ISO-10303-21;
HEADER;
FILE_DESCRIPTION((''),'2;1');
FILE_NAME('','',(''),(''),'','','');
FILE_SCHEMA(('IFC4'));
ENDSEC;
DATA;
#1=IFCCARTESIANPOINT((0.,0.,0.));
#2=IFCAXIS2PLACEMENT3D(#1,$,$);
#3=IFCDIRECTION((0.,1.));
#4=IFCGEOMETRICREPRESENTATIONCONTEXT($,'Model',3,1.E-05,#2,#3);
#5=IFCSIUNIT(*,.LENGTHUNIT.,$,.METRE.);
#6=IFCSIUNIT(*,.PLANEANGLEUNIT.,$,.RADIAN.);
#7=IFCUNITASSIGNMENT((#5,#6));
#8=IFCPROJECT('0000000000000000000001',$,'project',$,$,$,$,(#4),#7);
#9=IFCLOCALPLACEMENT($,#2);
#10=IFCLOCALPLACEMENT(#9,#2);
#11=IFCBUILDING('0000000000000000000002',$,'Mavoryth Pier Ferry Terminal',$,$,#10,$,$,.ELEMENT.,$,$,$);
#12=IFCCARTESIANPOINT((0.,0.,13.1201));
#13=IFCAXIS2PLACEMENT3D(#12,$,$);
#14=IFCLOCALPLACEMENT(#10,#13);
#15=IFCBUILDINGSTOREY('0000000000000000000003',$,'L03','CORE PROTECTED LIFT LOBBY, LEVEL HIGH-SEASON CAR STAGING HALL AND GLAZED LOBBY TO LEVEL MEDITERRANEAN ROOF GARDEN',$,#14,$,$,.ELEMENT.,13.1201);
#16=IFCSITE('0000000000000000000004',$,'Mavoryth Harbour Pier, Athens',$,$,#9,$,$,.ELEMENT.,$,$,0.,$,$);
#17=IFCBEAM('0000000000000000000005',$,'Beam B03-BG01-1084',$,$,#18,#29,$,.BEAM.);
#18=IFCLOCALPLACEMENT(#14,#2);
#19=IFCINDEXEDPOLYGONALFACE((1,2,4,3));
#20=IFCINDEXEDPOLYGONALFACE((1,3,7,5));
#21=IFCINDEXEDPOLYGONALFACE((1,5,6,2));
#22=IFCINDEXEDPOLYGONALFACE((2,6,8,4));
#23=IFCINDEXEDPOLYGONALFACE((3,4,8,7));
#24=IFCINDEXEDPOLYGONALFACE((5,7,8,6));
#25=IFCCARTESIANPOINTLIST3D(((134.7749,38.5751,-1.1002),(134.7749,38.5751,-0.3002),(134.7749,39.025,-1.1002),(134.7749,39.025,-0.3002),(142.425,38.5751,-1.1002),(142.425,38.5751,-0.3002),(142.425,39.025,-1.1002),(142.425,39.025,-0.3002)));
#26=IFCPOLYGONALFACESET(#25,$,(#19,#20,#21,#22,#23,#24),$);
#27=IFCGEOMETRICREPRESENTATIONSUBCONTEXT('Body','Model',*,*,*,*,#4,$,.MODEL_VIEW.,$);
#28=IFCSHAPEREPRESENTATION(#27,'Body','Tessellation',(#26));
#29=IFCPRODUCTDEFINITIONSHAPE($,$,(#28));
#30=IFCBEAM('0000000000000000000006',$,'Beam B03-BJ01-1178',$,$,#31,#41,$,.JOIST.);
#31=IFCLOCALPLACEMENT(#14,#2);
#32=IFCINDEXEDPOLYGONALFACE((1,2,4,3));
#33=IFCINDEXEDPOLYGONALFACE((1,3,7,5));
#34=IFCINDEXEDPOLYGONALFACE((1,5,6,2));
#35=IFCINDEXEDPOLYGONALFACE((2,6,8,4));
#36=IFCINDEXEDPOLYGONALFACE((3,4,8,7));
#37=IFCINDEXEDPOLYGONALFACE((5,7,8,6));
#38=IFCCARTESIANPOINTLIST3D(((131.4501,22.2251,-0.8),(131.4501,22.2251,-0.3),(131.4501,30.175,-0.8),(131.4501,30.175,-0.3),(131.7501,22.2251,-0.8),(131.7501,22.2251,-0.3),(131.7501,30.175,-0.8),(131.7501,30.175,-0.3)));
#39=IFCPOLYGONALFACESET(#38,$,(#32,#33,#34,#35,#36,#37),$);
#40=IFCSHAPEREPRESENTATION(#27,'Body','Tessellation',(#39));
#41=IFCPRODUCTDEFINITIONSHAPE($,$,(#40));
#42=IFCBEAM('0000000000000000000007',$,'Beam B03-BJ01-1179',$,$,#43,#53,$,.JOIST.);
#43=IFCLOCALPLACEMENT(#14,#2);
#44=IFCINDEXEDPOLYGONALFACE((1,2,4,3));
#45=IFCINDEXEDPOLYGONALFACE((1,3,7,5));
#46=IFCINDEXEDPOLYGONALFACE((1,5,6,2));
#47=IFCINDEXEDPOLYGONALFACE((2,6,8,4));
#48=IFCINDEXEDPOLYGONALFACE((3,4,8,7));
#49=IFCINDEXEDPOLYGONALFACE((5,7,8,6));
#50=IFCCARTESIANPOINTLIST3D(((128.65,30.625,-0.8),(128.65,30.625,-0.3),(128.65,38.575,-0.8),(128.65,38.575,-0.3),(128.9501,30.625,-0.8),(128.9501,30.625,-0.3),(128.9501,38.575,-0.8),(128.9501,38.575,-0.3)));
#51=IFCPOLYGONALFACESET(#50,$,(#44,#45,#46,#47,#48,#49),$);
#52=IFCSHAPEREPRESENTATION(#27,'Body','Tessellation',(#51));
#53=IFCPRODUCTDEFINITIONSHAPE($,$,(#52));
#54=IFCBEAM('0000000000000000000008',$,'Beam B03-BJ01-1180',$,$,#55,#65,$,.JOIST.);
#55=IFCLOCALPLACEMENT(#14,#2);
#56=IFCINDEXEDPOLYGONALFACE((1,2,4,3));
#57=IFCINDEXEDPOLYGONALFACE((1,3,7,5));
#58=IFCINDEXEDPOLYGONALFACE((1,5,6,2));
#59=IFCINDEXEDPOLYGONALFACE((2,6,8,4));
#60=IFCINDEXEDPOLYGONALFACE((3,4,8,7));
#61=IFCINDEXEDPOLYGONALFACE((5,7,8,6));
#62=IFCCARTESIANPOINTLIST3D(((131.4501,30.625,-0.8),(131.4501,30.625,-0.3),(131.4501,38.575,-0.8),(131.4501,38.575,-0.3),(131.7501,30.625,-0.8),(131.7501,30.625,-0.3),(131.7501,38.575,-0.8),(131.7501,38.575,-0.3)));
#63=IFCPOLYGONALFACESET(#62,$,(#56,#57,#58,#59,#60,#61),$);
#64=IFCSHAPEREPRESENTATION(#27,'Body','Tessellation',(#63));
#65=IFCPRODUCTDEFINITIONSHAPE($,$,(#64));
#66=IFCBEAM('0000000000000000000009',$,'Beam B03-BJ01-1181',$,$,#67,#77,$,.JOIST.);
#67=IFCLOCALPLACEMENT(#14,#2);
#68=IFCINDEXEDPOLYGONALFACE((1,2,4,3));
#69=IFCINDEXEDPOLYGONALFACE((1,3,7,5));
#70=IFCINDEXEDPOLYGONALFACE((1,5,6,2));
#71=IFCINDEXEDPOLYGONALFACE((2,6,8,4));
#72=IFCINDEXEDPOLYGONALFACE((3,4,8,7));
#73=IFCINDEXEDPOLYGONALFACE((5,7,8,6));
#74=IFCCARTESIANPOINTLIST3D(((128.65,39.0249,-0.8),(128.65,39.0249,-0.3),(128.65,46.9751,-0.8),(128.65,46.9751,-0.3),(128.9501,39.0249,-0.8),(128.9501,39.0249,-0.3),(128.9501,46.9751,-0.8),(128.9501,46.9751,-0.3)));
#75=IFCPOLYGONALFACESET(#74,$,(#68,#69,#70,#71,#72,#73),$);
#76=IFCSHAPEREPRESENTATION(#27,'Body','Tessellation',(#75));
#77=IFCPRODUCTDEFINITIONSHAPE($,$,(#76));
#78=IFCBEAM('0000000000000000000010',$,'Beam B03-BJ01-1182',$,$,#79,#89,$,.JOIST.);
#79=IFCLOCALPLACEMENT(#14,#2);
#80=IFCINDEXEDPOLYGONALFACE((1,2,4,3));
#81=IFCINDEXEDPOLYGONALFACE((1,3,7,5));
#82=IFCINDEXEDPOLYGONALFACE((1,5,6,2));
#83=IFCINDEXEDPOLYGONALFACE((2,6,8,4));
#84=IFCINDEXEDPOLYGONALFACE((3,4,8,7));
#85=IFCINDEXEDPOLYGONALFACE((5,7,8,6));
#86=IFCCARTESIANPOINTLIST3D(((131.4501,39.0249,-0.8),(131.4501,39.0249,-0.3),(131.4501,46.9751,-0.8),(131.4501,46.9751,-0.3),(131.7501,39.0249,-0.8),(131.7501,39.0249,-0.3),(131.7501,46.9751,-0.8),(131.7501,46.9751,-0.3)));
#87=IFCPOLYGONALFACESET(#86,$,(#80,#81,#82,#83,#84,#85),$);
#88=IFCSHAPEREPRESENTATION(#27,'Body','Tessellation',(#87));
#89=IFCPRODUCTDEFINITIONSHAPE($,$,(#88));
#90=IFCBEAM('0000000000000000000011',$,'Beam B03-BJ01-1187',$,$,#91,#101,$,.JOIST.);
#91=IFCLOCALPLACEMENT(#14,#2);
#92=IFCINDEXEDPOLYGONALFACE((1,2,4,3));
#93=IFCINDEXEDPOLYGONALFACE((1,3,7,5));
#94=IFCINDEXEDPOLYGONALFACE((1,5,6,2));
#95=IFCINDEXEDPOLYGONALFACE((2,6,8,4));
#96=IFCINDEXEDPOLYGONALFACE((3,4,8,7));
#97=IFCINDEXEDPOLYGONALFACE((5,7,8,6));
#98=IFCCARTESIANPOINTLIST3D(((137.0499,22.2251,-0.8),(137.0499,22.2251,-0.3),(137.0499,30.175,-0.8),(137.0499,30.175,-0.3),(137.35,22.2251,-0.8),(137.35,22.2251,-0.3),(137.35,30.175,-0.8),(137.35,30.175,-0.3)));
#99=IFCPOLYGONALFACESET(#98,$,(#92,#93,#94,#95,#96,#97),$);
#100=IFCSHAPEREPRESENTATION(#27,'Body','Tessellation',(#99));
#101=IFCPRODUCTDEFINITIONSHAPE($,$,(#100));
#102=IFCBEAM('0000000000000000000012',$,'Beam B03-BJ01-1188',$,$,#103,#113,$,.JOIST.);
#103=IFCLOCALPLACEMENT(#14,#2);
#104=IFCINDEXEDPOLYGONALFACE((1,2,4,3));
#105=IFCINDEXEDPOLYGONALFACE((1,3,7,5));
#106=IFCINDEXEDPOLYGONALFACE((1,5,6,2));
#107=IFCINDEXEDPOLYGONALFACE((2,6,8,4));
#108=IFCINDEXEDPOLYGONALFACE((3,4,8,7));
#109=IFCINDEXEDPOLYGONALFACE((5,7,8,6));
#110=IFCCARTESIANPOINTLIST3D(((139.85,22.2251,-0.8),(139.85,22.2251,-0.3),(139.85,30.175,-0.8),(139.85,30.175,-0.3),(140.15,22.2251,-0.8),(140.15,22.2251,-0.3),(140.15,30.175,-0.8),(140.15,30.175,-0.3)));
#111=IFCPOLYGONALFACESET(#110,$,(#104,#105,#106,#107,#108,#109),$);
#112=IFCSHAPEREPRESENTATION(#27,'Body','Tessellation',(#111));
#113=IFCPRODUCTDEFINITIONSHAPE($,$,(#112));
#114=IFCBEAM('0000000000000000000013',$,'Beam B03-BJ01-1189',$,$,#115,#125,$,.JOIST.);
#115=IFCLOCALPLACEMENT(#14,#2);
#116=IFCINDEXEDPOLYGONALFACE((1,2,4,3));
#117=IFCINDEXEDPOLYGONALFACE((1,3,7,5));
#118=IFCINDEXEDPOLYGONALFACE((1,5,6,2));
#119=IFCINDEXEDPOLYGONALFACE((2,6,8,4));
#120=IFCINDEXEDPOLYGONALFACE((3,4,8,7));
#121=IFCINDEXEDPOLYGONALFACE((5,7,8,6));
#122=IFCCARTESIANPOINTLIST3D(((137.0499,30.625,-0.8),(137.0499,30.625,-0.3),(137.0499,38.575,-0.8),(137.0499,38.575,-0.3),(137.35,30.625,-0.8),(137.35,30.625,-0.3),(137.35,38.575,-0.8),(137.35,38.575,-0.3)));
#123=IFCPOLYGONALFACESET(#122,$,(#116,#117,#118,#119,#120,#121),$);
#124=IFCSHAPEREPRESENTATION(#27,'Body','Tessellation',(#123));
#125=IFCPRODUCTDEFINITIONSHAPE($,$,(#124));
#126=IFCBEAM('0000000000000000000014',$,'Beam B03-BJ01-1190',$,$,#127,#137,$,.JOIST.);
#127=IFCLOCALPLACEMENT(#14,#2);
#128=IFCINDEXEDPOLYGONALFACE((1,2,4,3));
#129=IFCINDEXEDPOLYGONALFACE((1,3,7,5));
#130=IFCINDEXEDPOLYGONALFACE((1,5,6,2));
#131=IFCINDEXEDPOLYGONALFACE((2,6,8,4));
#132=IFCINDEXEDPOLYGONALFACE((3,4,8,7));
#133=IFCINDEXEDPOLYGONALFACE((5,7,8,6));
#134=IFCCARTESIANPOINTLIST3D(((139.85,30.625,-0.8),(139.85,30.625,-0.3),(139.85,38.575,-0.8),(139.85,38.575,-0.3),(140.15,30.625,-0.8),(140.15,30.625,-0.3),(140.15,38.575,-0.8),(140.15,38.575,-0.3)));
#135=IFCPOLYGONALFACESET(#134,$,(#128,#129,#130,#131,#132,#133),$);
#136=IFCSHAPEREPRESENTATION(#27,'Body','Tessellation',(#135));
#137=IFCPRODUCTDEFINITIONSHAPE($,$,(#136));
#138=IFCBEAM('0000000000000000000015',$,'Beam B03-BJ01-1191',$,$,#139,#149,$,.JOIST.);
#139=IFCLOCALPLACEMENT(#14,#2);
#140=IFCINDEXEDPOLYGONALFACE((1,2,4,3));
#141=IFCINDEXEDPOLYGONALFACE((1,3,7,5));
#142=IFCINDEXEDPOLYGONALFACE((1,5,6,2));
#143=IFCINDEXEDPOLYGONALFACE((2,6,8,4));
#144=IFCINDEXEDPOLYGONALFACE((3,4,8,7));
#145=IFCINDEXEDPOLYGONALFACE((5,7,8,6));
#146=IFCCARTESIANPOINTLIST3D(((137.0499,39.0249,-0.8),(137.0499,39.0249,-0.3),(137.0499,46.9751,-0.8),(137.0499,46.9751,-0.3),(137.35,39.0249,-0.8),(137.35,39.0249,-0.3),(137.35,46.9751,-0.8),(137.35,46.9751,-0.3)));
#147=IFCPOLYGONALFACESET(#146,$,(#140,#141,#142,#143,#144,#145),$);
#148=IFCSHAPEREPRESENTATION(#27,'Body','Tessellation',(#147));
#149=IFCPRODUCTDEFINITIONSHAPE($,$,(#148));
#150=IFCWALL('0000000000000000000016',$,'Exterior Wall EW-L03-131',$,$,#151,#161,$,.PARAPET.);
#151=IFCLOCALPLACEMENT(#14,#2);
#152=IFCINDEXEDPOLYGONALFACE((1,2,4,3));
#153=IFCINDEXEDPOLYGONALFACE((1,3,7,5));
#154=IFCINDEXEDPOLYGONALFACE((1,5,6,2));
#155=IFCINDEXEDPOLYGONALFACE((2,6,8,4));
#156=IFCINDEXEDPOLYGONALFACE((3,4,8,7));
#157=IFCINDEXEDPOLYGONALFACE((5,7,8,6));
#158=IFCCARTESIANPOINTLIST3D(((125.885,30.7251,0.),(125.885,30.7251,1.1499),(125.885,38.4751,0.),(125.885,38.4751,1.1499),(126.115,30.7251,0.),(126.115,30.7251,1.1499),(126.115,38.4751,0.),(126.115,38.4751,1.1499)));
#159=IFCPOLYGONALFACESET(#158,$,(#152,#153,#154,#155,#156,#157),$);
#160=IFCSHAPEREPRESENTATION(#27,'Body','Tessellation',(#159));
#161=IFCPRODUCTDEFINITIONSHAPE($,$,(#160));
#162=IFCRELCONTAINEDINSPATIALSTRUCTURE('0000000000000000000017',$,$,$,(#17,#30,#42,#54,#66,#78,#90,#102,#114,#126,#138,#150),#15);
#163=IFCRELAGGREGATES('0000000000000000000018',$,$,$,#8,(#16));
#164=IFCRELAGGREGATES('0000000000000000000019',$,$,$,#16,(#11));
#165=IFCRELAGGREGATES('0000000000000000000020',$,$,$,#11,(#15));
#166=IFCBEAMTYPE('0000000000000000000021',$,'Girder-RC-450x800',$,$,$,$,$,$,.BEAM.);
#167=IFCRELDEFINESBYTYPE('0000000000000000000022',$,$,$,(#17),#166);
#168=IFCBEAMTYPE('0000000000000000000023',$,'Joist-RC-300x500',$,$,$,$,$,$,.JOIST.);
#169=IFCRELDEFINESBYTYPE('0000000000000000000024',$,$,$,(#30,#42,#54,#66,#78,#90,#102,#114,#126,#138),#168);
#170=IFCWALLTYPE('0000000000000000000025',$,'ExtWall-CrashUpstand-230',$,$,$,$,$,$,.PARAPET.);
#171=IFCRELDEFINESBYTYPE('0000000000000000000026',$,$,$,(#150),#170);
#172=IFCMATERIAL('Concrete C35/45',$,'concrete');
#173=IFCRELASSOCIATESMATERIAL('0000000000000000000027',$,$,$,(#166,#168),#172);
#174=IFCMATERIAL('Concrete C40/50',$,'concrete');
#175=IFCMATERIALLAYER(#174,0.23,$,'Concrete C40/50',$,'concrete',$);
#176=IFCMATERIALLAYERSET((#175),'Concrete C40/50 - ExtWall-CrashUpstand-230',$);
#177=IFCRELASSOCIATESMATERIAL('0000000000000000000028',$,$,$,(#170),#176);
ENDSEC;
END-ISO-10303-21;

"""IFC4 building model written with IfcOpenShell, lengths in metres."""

from ifc_helpers import new_model, si_unit, direction, frame, frame_2d, origin, origin_2d, place, context, subcontext, project, spatial, rectangle, extrude, material, layer, layer_set, material_profile, profile_set, type_object, element, save


model = new_model("IFC4")

# Units and contexts
model_context = context("Model", 3, precision=1e-05, world=origin(), true_north=direction((0.0, 1.0)))
body_context = subcontext(model_context, "Body", "Model", "MODEL_VIEW")
ifc_project = project(units=[si_unit("LENGTHUNIT", "METRE"), si_unit("PLANEANGLEUNIT", "RADIAN")], contexts=[model_context])

# Site, building, storey
site_placement = place(None, origin())
site = spatial("IfcSite", under=ifc_project, at=site_placement, Name="Mavoryth Harbour Pier, Athens", CompositionType="ELEMENT", RefElevation=0.0)
building_placement = place(site_placement, origin())
building = spatial("IfcBuilding", under=site, at=building_placement, Name="Mavoryth Pier Ferry Terminal", CompositionType="ELEMENT")
storey_placement = place(building_placement, frame((0.0, 0.0, 13.1201)))
storey = spatial("IfcBuildingStorey", under=building, at=storey_placement, Name="L03", Description="CORE PROTECTED LIFT LOBBY, LEVEL HIGH-SEASON CAR STAGING HALL AND GLAZED LOBBY TO LEVEL MEDITERRANEAN ROOF GARDEN", CompositionType="ELEMENT", Elevation=13.1201)

# Shared definitions
ifc_material_1 = material(Name="Concrete C40/50", Category="concrete")

# Beams
ifc_material_2 = material(Name="Concrete C35/45", Category="concrete")
ifc_material_profile_1 = material_profile(ifc_material_2, rectangle(XDim=0.45, YDim=0.8, at=origin_2d()), Name="RC 450x800", Category="concrete")
ifc_profile_set_1 = profile_set([ifc_material_profile_1], Name="Concrete C35/45 - RC 450x800")
beam_type_1 = type_object("IfcBeamType", Name="Girder-RC-450x800", PredefinedType="BEAM", material=ifc_profile_set_1)
beam_1_placement = place(storey_placement, frame((134.7749, 38.8, -0.7002), z_axis=(1.0, 0.0, 0.0), x_axis=(0.0, 1.0, 0.0)))
element("IfcBeam", 1, at=beam_1_placement, inside=storey, type_object=beam_type_1, Name="Beam B03-BG01-1084", PredefinedType="BEAM", context=body_context, shape_type="SweptSolid", body=[
    extrude(rectangle(XDim=0.45, YDim=0.8, at=origin_2d()), origin(), (0.0, 0.0, 1.0), 7.6501),
])
ifc_material_profile_2 = material_profile(ifc_material_2, rectangle(XDim=0.3, YDim=0.5, at=origin_2d()), Name="RC 300x500", Category="concrete")
ifc_profile_set_2 = profile_set([ifc_material_profile_2], Name="Concrete C35/45 - RC 300x500")
beam_type_2 = type_object("IfcBeamType", Name="Joist-RC-300x500", PredefinedType="JOIST", material=ifc_profile_set_2)
for number, where, z_axis, x_axis, name in (
    (2, (131.6001, 22.2251, -0.55), (0.0, 1.0, 0.0), (-1.0, 0.0, 0.0), "Beam B03-BJ01-1178"),
    (3, (128.8, 30.625, -0.55), (0.0, 1.0, 0.0), (-1.0, 0.0, 0.0), "Beam B03-BJ01-1179"),
    (4, (131.6001, 30.625, -0.55), (0.0, 1.0, 0.0), (-1.0, 0.0, 0.0), "Beam B03-BJ01-1180"),
):
    element("IfcBeam", number, at=place(storey_placement, frame(where, z_axis=z_axis, x_axis=x_axis)), inside=storey, type_object=beam_type_2, Name=name, PredefinedType="JOIST", context=body_context, shape_type="SweptSolid", body=[
        extrude(rectangle(XDim=0.3, YDim=0.5, at=origin_2d()), origin(), (0.0, 0.0, 1.0), 7.95),
    ])
for number, where, z_axis, x_axis, name in (
    (5, (128.8, 39.0249, -0.55), (0.0, 1.0, 0.0), (-1.0, 0.0, 0.0), "Beam B03-BJ01-1181"),
    (6, (131.6001, 39.0249, -0.55), (0.0, 1.0, 0.0), (-1.0, 0.0, 0.0), "Beam B03-BJ01-1182"),
):
    element("IfcBeam", number, at=place(storey_placement, frame(where, z_axis=z_axis, x_axis=x_axis)), inside=storey, type_object=beam_type_2, Name=name, PredefinedType="JOIST", context=body_context, shape_type="SweptSolid", body=[
        extrude(rectangle(XDim=0.3, YDim=0.5, at=origin_2d()), origin(), (0.0, 0.0, 1.0), 7.9502),
    ])
for number, where, z_axis, x_axis, name in (
    (7, (137.2, 22.2251, -0.55), (0.0, 1.0, 0.0), (-1.0, 0.0, 0.0), "Beam B03-BJ01-1187"),
    (8, (140.0, 22.2251, -0.55), (0.0, 1.0, 0.0), (-1.0, 0.0, 0.0), "Beam B03-BJ01-1188"),
    (9, (137.2, 30.625, -0.55), (0.0, 1.0, 0.0), (-1.0, 0.0, 0.0), "Beam B03-BJ01-1189"),
    (10, (140.0, 30.625, -0.55), (0.0, 1.0, 0.0), (-1.0, 0.0, 0.0), "Beam B03-BJ01-1190"),
):
    element("IfcBeam", number, at=place(storey_placement, frame(where, z_axis=z_axis, x_axis=x_axis)), inside=storey, type_object=beam_type_2, Name=name, PredefinedType="JOIST", context=body_context, shape_type="SweptSolid", body=[
        extrude(rectangle(XDim=0.3, YDim=0.5, at=origin_2d()), origin(), (0.0, 0.0, 1.0), 7.95),
    ])
beam_2_placement = place(storey_placement, frame((137.2, 39.0249, -0.55), z_axis=(0.0, 1.0, 0.0), x_axis=(-1.0, 0.0, 0.0)))
element("IfcBeam", 11, at=beam_2_placement, inside=storey, type_object=beam_type_2, Name="Beam B03-BJ01-1191", PredefinedType="JOIST", context=body_context, shape_type="SweptSolid", body=[
    extrude(rectangle(XDim=0.3, YDim=0.5, at=origin_2d()), origin(), (0.0, 0.0, 1.0), 7.9502),
])

# Wall
ifc_layer_1 = layer(ifc_material_1, 0.23, Name="Concrete C40/50", Category="concrete")
ifc_layer_set_1 = layer_set([ifc_layer_1], Name="Concrete C40/50 - ExtWall-CrashUpstand-230")
wall_type_1 = type_object("IfcWallType", Name="ExtWall-CrashUpstand-230", PredefinedType="PARAPET", material=ifc_layer_set_1)
wall_1_placement = place(storey_placement, frame((126.0, 30.7251, 0.0), z_axis=(0.0, 0.0, 1.0), x_axis=(0.0, 1.0, 0.0)))
element("IfcWall", 12, at=wall_1_placement, inside=storey, type_object=wall_type_1, Name="Exterior Wall EW-L03-131", PredefinedType="PARAPET", context=body_context, shape_type="SweptSolid", body=[
    extrude(rectangle(XDim=7.75, YDim=0.23, at=frame_2d((3.875, 0.0))), origin(), (0.0, 0.0, 1.0), 1.1499),
])

save(model, "model.ifc")
